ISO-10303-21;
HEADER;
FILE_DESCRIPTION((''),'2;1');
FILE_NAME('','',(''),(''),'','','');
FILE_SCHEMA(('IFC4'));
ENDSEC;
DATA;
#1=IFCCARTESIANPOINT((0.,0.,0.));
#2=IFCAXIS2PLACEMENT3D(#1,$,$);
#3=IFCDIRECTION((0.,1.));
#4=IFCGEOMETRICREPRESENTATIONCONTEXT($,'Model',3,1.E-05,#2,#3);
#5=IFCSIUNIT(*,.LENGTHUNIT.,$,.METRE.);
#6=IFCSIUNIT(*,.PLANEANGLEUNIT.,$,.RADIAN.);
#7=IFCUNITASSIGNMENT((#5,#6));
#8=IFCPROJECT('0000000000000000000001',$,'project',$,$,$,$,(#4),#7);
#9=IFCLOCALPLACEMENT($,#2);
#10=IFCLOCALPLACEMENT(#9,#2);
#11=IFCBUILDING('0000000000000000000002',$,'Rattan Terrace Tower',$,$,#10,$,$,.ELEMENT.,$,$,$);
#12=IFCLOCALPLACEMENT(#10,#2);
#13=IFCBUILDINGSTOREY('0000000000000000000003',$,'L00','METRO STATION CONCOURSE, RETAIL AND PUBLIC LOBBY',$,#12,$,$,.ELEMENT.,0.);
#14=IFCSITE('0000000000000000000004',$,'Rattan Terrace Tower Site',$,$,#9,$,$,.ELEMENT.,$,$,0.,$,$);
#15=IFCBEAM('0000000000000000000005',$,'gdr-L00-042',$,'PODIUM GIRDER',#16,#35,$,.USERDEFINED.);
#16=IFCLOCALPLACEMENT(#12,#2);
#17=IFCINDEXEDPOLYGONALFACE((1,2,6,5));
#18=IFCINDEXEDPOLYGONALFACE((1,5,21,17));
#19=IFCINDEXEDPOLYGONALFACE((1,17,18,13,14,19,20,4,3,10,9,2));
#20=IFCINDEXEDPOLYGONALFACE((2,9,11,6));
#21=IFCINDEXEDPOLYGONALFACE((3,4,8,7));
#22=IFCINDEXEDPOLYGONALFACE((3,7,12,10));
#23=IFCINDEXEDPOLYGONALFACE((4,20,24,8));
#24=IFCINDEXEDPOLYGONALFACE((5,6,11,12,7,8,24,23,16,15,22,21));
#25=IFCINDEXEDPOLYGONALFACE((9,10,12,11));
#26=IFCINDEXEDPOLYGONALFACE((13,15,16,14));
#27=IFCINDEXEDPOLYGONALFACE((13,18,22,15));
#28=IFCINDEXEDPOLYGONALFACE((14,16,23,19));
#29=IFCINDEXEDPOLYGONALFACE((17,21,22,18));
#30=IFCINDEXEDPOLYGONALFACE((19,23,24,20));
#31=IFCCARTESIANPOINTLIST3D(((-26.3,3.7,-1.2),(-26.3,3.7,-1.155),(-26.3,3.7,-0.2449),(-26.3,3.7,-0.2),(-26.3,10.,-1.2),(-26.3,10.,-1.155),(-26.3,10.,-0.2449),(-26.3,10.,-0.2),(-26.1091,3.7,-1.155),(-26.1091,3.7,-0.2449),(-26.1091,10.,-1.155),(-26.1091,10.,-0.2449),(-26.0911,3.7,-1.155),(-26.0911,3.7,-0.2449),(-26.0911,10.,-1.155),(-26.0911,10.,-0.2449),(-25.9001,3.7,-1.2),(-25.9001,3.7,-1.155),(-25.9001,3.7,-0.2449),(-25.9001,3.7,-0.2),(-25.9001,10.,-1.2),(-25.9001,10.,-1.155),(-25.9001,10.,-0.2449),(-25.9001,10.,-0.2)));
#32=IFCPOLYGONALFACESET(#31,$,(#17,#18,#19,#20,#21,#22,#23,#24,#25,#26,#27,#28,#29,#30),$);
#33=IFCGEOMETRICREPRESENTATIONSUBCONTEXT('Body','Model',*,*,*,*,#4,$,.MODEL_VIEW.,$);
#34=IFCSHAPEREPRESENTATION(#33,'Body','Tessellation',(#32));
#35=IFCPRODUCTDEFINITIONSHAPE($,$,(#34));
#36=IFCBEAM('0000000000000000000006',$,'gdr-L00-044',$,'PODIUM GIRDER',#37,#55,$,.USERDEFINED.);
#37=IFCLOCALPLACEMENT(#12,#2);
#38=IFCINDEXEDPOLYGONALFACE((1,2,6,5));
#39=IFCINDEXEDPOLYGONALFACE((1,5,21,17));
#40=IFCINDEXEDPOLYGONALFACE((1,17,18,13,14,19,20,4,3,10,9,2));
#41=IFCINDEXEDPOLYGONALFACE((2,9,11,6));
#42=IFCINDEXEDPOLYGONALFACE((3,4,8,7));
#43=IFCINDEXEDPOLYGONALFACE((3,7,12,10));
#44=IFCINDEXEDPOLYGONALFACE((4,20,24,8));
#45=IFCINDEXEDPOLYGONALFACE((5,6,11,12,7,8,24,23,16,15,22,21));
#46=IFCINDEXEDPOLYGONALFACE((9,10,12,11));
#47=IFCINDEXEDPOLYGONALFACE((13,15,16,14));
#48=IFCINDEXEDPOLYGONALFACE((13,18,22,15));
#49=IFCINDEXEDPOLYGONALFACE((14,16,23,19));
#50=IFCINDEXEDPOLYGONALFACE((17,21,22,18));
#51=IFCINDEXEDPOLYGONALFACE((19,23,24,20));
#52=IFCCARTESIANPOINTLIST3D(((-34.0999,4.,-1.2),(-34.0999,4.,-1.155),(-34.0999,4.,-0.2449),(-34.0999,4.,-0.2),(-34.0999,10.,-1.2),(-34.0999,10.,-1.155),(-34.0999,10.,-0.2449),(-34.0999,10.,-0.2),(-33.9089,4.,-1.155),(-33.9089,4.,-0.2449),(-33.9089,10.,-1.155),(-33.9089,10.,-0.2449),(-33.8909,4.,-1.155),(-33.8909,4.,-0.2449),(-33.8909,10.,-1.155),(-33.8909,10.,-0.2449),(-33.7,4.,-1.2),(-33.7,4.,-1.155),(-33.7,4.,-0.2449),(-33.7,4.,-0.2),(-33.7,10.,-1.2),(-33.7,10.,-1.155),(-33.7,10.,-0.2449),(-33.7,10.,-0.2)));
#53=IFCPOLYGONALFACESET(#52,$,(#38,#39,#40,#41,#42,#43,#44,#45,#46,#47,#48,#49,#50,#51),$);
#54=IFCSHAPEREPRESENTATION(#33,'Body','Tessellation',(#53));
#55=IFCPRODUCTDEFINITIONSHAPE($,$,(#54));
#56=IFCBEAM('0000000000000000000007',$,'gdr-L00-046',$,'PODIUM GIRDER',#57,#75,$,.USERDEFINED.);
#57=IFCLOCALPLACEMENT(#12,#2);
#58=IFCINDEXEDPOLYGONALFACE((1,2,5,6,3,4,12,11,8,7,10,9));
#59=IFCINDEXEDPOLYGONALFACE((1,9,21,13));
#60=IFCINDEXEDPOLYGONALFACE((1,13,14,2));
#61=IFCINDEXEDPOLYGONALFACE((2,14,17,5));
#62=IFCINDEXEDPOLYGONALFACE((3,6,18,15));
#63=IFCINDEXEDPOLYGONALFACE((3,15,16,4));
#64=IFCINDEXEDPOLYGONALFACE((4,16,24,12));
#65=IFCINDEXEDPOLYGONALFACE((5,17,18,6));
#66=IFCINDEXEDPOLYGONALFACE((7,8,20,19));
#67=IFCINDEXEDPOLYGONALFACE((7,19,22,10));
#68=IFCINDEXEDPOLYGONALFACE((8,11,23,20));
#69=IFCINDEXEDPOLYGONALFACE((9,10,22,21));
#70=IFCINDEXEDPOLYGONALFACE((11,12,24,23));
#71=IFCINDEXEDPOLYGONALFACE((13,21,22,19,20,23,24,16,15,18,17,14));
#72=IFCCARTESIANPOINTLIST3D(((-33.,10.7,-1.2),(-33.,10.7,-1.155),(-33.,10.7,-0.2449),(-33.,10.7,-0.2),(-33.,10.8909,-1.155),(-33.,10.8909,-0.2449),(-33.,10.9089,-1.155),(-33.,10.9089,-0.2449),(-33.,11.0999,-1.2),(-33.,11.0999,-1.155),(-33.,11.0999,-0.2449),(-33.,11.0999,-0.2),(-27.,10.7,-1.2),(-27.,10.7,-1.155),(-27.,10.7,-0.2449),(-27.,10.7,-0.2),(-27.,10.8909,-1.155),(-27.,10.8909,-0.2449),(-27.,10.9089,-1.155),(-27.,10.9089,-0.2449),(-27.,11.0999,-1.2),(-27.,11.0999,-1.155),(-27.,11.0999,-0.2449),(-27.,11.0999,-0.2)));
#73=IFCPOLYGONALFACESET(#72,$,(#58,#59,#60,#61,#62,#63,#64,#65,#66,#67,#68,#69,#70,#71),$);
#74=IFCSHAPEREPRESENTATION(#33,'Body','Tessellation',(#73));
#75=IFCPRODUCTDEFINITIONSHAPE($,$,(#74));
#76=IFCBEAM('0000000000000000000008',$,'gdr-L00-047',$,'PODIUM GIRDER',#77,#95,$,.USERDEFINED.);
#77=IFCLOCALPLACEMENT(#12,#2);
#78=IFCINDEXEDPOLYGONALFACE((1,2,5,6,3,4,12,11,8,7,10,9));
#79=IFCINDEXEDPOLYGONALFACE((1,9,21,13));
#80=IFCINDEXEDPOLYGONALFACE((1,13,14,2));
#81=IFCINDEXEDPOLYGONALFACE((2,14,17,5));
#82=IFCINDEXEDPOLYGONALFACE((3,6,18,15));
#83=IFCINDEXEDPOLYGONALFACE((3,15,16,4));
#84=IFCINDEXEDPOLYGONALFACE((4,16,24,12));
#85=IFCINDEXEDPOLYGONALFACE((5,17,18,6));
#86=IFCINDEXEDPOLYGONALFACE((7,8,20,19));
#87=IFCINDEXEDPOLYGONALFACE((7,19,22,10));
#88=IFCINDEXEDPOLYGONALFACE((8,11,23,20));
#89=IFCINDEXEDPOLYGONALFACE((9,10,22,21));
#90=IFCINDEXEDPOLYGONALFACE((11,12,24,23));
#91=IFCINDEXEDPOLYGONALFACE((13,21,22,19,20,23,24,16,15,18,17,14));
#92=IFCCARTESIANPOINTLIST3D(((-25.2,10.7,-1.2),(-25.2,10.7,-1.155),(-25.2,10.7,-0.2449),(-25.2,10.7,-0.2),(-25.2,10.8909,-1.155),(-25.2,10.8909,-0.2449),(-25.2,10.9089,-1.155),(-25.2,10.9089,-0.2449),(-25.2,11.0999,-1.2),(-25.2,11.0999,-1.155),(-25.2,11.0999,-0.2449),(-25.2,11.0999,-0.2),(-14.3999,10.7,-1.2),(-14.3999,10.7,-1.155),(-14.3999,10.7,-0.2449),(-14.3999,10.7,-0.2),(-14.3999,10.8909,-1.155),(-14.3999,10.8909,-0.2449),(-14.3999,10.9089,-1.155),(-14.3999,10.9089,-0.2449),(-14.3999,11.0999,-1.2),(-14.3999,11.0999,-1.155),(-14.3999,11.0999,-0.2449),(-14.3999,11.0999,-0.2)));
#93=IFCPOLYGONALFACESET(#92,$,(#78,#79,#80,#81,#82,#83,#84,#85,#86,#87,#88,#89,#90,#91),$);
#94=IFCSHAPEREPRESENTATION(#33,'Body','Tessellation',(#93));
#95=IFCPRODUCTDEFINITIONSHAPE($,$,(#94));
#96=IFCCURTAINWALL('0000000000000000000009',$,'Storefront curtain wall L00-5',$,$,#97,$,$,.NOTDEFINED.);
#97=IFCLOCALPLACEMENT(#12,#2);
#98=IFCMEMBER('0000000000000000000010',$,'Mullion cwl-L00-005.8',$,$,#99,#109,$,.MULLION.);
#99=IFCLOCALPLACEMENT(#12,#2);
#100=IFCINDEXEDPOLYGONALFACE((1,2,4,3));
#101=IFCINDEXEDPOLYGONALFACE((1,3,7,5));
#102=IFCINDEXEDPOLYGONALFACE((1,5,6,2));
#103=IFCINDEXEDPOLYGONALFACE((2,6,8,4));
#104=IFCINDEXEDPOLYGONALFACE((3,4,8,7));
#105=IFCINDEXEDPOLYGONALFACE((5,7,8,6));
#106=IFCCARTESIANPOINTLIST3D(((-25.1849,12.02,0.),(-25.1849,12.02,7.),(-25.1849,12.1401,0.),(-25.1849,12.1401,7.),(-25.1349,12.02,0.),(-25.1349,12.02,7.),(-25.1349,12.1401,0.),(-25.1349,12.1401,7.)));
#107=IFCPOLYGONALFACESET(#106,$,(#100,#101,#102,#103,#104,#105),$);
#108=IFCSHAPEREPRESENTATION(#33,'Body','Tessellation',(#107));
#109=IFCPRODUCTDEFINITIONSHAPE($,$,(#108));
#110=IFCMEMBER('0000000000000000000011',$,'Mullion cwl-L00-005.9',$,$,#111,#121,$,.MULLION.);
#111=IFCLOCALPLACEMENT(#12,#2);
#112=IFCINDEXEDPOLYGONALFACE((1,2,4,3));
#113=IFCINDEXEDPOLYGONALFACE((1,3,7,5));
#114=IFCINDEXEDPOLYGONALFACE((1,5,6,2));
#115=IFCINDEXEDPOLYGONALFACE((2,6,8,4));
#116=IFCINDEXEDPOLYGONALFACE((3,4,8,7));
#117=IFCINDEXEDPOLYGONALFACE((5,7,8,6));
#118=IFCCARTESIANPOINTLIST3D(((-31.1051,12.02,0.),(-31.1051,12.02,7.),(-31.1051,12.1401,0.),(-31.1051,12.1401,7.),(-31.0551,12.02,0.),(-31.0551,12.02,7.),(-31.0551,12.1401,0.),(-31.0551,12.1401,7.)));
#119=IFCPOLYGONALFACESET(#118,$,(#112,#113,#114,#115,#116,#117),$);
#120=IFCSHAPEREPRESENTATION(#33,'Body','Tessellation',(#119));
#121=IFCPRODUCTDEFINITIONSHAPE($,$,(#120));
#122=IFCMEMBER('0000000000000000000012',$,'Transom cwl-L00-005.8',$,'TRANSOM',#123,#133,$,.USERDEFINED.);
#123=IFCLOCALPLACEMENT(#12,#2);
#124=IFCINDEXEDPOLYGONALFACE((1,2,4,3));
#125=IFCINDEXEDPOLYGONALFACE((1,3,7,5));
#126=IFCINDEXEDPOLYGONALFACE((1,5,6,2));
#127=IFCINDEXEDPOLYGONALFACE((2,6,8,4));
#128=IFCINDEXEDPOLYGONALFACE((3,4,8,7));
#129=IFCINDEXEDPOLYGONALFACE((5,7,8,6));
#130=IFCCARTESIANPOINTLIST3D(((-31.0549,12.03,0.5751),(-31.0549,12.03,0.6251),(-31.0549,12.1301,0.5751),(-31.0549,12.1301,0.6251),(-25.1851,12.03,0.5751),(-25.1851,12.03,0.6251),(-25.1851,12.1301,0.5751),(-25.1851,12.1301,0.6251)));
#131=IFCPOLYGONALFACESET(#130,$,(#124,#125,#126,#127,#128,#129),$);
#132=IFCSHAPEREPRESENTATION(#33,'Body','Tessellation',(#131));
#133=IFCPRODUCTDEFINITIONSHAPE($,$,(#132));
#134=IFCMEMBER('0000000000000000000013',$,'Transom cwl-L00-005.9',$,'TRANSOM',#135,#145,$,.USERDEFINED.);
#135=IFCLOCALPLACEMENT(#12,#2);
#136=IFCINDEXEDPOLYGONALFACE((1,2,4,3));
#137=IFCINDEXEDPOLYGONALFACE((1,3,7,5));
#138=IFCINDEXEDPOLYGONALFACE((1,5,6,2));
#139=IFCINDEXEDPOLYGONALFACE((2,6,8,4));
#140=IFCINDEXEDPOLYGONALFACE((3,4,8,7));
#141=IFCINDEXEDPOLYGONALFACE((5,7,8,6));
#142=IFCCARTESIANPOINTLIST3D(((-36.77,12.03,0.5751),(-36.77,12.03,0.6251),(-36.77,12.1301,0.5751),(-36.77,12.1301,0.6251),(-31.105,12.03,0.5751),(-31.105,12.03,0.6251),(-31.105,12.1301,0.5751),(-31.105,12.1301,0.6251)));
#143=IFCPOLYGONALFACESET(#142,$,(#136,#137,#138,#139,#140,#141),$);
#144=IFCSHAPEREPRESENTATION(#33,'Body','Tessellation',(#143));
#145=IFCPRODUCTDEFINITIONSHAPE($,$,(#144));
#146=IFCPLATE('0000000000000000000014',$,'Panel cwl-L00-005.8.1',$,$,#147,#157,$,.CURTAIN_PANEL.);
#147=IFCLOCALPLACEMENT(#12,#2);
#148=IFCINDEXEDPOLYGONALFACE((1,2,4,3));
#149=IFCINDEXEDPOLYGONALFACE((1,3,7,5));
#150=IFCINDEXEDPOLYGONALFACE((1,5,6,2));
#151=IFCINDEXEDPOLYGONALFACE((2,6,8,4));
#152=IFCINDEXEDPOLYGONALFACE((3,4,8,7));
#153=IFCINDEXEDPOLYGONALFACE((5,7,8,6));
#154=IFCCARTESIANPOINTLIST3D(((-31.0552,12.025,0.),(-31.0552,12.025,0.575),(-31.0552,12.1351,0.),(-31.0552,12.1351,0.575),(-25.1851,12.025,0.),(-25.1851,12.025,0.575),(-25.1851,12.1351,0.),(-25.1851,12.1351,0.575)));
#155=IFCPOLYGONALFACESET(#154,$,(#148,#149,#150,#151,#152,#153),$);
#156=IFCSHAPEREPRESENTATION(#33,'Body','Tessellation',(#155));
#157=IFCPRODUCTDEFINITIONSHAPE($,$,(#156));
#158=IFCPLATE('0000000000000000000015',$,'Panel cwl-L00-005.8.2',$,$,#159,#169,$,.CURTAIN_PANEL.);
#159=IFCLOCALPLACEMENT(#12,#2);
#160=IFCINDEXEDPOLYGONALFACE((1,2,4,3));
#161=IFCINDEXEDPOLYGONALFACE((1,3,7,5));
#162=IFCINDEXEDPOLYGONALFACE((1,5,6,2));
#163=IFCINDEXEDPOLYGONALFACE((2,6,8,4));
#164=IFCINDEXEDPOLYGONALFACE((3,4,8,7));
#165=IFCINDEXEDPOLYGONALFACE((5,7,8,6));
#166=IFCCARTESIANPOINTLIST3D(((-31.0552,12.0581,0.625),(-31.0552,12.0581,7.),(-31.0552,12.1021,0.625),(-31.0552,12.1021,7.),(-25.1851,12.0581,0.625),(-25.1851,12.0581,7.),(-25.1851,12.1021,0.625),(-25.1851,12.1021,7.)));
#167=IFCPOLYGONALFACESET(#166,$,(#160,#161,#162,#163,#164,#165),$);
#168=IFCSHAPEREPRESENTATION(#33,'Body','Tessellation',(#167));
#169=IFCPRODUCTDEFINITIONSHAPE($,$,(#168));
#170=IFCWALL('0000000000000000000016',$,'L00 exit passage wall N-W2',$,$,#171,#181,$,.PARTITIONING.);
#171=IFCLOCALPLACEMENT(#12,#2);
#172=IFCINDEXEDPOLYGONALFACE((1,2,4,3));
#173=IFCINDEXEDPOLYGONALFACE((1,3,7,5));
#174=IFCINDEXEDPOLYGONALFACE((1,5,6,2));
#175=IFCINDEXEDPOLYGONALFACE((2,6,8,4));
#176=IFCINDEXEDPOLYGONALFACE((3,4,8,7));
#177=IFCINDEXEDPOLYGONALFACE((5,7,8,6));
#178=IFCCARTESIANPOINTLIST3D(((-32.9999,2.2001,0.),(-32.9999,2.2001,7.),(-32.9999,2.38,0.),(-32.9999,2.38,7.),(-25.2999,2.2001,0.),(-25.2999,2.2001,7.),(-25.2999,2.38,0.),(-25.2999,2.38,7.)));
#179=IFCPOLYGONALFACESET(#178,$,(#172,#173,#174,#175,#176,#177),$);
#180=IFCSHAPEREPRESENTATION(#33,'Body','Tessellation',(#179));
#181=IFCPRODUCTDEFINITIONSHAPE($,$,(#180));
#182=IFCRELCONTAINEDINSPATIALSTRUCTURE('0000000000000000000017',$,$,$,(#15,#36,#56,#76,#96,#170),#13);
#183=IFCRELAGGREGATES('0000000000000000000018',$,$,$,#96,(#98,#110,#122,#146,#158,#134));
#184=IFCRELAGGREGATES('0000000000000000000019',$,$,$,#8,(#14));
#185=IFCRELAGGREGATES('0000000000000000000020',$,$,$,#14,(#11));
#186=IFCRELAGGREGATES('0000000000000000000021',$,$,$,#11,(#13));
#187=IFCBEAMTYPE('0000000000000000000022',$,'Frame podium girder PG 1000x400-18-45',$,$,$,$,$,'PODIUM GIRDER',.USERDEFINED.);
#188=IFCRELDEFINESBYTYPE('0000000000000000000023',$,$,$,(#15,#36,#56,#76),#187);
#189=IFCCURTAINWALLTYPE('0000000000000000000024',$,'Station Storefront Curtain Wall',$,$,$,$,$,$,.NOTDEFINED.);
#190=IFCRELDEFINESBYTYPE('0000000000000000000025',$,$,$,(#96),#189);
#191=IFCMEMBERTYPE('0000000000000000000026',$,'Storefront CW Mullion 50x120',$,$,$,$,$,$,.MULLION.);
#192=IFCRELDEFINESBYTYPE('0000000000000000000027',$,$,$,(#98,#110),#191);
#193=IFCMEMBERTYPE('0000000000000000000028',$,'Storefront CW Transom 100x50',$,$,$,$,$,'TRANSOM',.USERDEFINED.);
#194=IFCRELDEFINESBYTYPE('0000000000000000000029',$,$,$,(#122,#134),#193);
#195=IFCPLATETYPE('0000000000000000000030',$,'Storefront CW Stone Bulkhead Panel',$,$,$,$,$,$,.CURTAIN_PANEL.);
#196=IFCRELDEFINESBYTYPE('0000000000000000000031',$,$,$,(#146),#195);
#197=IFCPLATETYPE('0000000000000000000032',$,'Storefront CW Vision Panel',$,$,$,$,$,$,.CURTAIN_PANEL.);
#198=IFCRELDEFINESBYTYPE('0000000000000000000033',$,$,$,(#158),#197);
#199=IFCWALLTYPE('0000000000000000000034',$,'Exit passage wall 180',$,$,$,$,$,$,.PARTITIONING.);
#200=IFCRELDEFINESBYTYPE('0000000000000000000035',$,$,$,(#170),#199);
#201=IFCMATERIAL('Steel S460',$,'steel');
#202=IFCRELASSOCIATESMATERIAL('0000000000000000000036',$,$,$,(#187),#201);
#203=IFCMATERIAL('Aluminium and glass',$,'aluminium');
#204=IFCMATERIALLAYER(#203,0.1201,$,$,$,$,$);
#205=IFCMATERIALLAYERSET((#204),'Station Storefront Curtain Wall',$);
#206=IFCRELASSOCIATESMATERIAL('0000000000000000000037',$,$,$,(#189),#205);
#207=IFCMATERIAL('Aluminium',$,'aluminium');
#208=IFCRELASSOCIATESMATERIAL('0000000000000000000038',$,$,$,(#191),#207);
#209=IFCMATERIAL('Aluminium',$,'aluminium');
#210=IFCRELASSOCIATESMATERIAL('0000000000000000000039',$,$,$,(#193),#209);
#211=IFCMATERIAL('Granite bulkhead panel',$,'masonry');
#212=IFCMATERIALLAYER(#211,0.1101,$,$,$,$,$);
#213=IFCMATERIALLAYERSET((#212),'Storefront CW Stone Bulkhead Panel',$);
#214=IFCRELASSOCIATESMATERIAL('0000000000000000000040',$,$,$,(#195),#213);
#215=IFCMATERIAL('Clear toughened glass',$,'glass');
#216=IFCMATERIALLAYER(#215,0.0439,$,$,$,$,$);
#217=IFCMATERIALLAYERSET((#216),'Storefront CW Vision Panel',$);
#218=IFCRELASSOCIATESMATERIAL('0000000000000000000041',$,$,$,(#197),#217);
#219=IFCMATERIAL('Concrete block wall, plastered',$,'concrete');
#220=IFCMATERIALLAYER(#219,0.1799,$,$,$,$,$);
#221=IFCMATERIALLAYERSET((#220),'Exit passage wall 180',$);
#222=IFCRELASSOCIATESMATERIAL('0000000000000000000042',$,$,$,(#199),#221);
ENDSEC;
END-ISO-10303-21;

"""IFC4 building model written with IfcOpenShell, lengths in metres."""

from ifc_helpers import new_model, si_unit, direction, frame, frame_2d, origin, origin_2d, place, context, subcontext, project, spatial, rectangle, i_section, extrude, material, layer, layer_set, material_profile, profile_set, type_object, element, aggregate, save


model = new_model("IFC4")

# Units and contexts
model_context = context("Model", 3, precision=1e-05, world=origin(), true_north=direction((0.0, 1.0)))
body_context = subcontext(model_context, "Body", "Model", "MODEL_VIEW")
ifc_project = project(units=[si_unit("LENGTHUNIT", "METRE"), si_unit("PLANEANGLEUNIT", "RADIAN")], contexts=[model_context])

# Site, building, storey
site_placement = place(None, origin())
site = spatial("IfcSite", under=ifc_project, at=site_placement, Name="Rattan Terrace Tower Site", CompositionType="ELEMENT", RefElevation=0.0)
building_placement = place(site_placement, origin())
building = spatial("IfcBuilding", under=site, at=building_placement, Name="Rattan Terrace Tower", CompositionType="ELEMENT")
storey_placement = place(building_placement, origin())
storey = spatial("IfcBuildingStorey", under=building, at=storey_placement, Name="L00", Description="METRO STATION CONCOURSE, RETAIL AND PUBLIC LOBBY", CompositionType="ELEMENT", Elevation=0.0)

# Beams
ifc_material_1 = material(Name="Steel S460", Category="steel")
ifc_material_profile_1 = material_profile(ifc_material_1, i_section(OverallWidth=0.3999, OverallDepth=1.0, WebThickness=0.0181, FlangeThickness=0.0449, at=origin_2d()), Name="PG 1000x400-18-45")
ifc_profile_set_1 = profile_set([ifc_material_profile_1], Name="Steel S460")
beam_type_1 = type_object("IfcBeamType", Name="Frame podium girder PG 1000x400-18-45", ElementType="PODIUM GIRDER", PredefinedType="USERDEFINED", material=ifc_profile_set_1)
for number, where, z_axis, x_axis, name in (
    (1, (-26.1001, 3.7, -0.7), (0.0, 1.0, 0.0), (-1.0, 0.0, 0.0), "gdr-L00-042"),
):
    element("IfcBeam", number, at=place(storey_placement, frame(where, z_axis=z_axis, x_axis=x_axis)), inside=storey, type_object=beam_type_1, Name=name, ObjectType="PODIUM GIRDER", PredefinedType="USERDEFINED", context=body_context, shape_type="SweptSolid", body=[
        extrude(i_section(OverallWidth=0.3999, OverallDepth=1.0, WebThickness=0.0181, FlangeThickness=0.0449, at=origin_2d()), origin(), (0.0, 0.0, 1.0), 6.3),
    ])
for number, where, z_axis, x_axis, name in (
    (2, (-33.8999, 4.0, -0.7), (0.0, 1.0, 0.0), (-1.0, 0.0, 0.0), "gdr-L00-044"),
    (3, (-33.0, 10.8999, -0.7), (1.0, 0.0, 0.0), (0.0, 1.0, 0.0), "gdr-L00-046"),
):
    element("IfcBeam", number, at=place(storey_placement, frame(where, z_axis=z_axis, x_axis=x_axis)), inside=storey, type_object=beam_type_1, Name=name, ObjectType="PODIUM GIRDER", PredefinedType="USERDEFINED", context=body_context, shape_type="SweptSolid", body=[
        extrude(i_section(OverallWidth=0.3999, OverallDepth=1.0, WebThickness=0.0181, FlangeThickness=0.0449, at=origin_2d()), origin(), (0.0, 0.0, 1.0), 6.0),
    ])
beam_1_placement = place(storey_placement, frame((-25.2, 10.8999, -0.7), z_axis=(1.0, 0.0, 0.0), x_axis=(0.0, 1.0, 0.0)))
element("IfcBeam", 4, at=beam_1_placement, inside=storey, type_object=beam_type_1, Name="gdr-L00-047", ObjectType="PODIUM GIRDER", PredefinedType="USERDEFINED", context=body_context, shape_type="SweptSolid", body=[
    extrude(i_section(OverallWidth=0.3999, OverallDepth=1.0, WebThickness=0.0181, FlangeThickness=0.0449, at=origin_2d()), origin(), (0.0, 0.0, 1.0), 10.8),
])

# Curtain wall, members, plates
ifc_material_2 = material(Name="Aluminium and glass", Category="aluminium")
ifc_layer_1 = layer(ifc_material_2, 0.1201)
ifc_layer_set_1 = layer_set([ifc_layer_1], Name="Station Storefront Curtain Wall")
curtain_wall_type = type_object("IfcCurtainWallType", Name="Station Storefront Curtain Wall", PredefinedType="NOTDEFINED", material=ifc_layer_set_1)
curtain_wall_placement = place(storey_placement, origin())
curtain_wall = element("IfcCurtainWall", 5, at=curtain_wall_placement, inside=storey, type_object=curtain_wall_type, Name="Storefront curtain wall L00-5", PredefinedType="NOTDEFINED")
ifc_material_3 = material(Name="Aluminium", Category="aluminium")
ifc_material_profile_2 = material_profile(ifc_material_3, rectangle(XDim=0.05, YDim=0.1201, at=origin_2d()), Name="Aluminium 50x120")
ifc_profile_set_2 = profile_set([ifc_material_profile_2], Name="Aluminium")
member_type_1 = type_object("IfcMemberType", Name="Storefront CW Mullion 50x120", PredefinedType="MULLION", material=ifc_profile_set_2)
member_1_placement = place(storey_placement, frame((-25.1599, 12.0801, 0.0), z_axis=(0.0, 0.0, 1.0), x_axis=(-1.0, 0.0, 0.0)))
member_1 = element("IfcMember", 6, at=member_1_placement, type_object=member_type_1, Name="Mullion cwl-L00-005.8", PredefinedType="MULLION", context=body_context, shape_type="SweptSolid", body=[
    extrude(rectangle(XDim=0.05, YDim=0.1201, at=origin_2d()), origin(), (0.0, 0.0, 1.0), 7.0),
])
member_2_placement = place(storey_placement, frame((-31.0801, 12.0801, 0.0), z_axis=(0.0, 0.0, 1.0), x_axis=(-1.0, 0.0, 0.0)))
member_2 = element("IfcMember", 7, at=member_2_placement, type_object=member_type_1, Name="Mullion cwl-L00-005.9", PredefinedType="MULLION", context=body_context, shape_type="SweptSolid", body=[
    extrude(rectangle(XDim=0.05, YDim=0.1201, at=origin_2d()), origin(), (0.0, 0.0, 1.0), 7.0),
])
ifc_material_4 = material(Name="Aluminium", Category="aluminium")
ifc_material_profile_3 = material_profile(ifc_material_4, rectangle(XDim=0.1001, YDim=0.05, at=origin_2d()), Name="Aluminium 100x50")
ifc_profile_set_3 = profile_set([ifc_material_profile_3], Name="Aluminium")
member_type_2 = type_object("IfcMemberType", Name="Storefront CW Transom 100x50", ElementType="TRANSOM", PredefinedType="USERDEFINED", material=ifc_profile_set_3)
member_3_placement = place(storey_placement, frame((-25.1851, 12.0801, 0.6001), z_axis=(-1.0, 0.0, 0.0), x_axis=(0.0, -1.0, 0.0)))
member_3 = element("IfcMember", 8, at=member_3_placement, type_object=member_type_2, Name="Transom cwl-L00-005.8", ObjectType="TRANSOM", PredefinedType="USERDEFINED", context=body_context, shape_type="SweptSolid", body=[
    extrude(rectangle(XDim=0.1001, YDim=0.05, at=origin_2d()), origin(), (0.0, 0.0, 1.0), 5.8699),
])
member_4_placement = place(storey_placement, frame((-31.105, 12.0801, 0.6001), z_axis=(-1.0, 0.0, 0.0), x_axis=(0.0, -1.0, 0.0)))
member_4 = element("IfcMember", 9, at=member_4_placement, type_object=member_type_2, Name="Transom cwl-L00-005.9", ObjectType="TRANSOM", PredefinedType="USERDEFINED", context=body_context, shape_type="SweptSolid", body=[
    extrude(rectangle(XDim=0.1001, YDim=0.05, at=origin_2d()), origin(), (0.0, 0.0, 1.0), 5.665),
])
ifc_material_5 = material(Name="Granite bulkhead panel", Category="masonry")
ifc_layer_2 = layer(ifc_material_5, 0.1101)
ifc_layer_set_2 = layer_set([ifc_layer_2], Name="Storefront CW Stone Bulkhead Panel")
plate_type_1 = type_object("IfcPlateType", Name="Storefront CW Stone Bulkhead Panel", PredefinedType="CURTAIN_PANEL", material=ifc_layer_set_2)
plate_1_placement = place(storey_placement, frame((-28.1201, 12.0801, 0.0), z_axis=(0.0, 0.0, 1.0), x_axis=(-1.0, 0.0, 0.0)))
plate_1 = element("IfcPlate", 10, at=plate_1_placement, type_object=plate_type_1, Name="Panel cwl-L00-005.8.1", PredefinedType="CURTAIN_PANEL", context=body_context, shape_type="SweptSolid", body=[
    extrude(rectangle(XDim=5.8701, YDim=0.1101, at=origin_2d()), origin(), (0.0, 0.0, 1.0), 0.575),
])
ifc_material_6 = material(Name="Clear toughened glass", Category="glass")
ifc_layer_3 = layer(ifc_material_6, 0.0439)
ifc_layer_set_3 = layer_set([ifc_layer_3], Name="Storefront CW Vision Panel")
plate_type_2 = type_object("IfcPlateType", Name="Storefront CW Vision Panel", PredefinedType="CURTAIN_PANEL", material=ifc_layer_set_3)
plate_2_placement = place(storey_placement, frame((-28.1201, 12.0801, 0.625), z_axis=(0.0, 0.0, 1.0), x_axis=(-1.0, 0.0, 0.0)))
plate_2 = element("IfcPlate", 11, at=plate_2_placement, type_object=plate_type_2, Name="Panel cwl-L00-005.8.2", PredefinedType="CURTAIN_PANEL", context=body_context, shape_type="SweptSolid", body=[
    extrude(rectangle(XDim=5.8701, YDim=0.0439, at=origin_2d()), origin(), (0.0, 0.0, 1.0), 6.375),
])
aggregate(curtain_wall, [member_1, member_2, member_3, plate_1, plate_2, member_4])

# Wall
ifc_material_7 = material(Name="Concrete block wall, plastered", Category="concrete")
ifc_layer_4 = layer(ifc_material_7, 0.1799)
ifc_layer_set_4 = layer_set([ifc_layer_4], Name="Exit passage wall 180")
wall_type_1 = type_object("IfcWallType", Name="Exit passage wall 180", PredefinedType="PARTITIONING", material=ifc_layer_set_4)
wall_1_placement = place(storey_placement, frame((-33.0, 2.29, 0.0), z_axis=(0.0, 0.0, 1.0), x_axis=(1.0, 0.0, 0.0)))
element("IfcWall", 12, at=wall_1_placement, inside=storey, type_object=wall_type_1, Name="L00 exit passage wall N-W2", PredefinedType="PARTITIONING", context=body_context, shape_type="SweptSolid", body=[
    extrude(rectangle(XDim=7.7, YDim=0.1799, at=frame_2d((3.8501, 0.0))), origin(), (0.0, 0.0, 1.0), 7.0),
])

save(model, "model.ifc")
